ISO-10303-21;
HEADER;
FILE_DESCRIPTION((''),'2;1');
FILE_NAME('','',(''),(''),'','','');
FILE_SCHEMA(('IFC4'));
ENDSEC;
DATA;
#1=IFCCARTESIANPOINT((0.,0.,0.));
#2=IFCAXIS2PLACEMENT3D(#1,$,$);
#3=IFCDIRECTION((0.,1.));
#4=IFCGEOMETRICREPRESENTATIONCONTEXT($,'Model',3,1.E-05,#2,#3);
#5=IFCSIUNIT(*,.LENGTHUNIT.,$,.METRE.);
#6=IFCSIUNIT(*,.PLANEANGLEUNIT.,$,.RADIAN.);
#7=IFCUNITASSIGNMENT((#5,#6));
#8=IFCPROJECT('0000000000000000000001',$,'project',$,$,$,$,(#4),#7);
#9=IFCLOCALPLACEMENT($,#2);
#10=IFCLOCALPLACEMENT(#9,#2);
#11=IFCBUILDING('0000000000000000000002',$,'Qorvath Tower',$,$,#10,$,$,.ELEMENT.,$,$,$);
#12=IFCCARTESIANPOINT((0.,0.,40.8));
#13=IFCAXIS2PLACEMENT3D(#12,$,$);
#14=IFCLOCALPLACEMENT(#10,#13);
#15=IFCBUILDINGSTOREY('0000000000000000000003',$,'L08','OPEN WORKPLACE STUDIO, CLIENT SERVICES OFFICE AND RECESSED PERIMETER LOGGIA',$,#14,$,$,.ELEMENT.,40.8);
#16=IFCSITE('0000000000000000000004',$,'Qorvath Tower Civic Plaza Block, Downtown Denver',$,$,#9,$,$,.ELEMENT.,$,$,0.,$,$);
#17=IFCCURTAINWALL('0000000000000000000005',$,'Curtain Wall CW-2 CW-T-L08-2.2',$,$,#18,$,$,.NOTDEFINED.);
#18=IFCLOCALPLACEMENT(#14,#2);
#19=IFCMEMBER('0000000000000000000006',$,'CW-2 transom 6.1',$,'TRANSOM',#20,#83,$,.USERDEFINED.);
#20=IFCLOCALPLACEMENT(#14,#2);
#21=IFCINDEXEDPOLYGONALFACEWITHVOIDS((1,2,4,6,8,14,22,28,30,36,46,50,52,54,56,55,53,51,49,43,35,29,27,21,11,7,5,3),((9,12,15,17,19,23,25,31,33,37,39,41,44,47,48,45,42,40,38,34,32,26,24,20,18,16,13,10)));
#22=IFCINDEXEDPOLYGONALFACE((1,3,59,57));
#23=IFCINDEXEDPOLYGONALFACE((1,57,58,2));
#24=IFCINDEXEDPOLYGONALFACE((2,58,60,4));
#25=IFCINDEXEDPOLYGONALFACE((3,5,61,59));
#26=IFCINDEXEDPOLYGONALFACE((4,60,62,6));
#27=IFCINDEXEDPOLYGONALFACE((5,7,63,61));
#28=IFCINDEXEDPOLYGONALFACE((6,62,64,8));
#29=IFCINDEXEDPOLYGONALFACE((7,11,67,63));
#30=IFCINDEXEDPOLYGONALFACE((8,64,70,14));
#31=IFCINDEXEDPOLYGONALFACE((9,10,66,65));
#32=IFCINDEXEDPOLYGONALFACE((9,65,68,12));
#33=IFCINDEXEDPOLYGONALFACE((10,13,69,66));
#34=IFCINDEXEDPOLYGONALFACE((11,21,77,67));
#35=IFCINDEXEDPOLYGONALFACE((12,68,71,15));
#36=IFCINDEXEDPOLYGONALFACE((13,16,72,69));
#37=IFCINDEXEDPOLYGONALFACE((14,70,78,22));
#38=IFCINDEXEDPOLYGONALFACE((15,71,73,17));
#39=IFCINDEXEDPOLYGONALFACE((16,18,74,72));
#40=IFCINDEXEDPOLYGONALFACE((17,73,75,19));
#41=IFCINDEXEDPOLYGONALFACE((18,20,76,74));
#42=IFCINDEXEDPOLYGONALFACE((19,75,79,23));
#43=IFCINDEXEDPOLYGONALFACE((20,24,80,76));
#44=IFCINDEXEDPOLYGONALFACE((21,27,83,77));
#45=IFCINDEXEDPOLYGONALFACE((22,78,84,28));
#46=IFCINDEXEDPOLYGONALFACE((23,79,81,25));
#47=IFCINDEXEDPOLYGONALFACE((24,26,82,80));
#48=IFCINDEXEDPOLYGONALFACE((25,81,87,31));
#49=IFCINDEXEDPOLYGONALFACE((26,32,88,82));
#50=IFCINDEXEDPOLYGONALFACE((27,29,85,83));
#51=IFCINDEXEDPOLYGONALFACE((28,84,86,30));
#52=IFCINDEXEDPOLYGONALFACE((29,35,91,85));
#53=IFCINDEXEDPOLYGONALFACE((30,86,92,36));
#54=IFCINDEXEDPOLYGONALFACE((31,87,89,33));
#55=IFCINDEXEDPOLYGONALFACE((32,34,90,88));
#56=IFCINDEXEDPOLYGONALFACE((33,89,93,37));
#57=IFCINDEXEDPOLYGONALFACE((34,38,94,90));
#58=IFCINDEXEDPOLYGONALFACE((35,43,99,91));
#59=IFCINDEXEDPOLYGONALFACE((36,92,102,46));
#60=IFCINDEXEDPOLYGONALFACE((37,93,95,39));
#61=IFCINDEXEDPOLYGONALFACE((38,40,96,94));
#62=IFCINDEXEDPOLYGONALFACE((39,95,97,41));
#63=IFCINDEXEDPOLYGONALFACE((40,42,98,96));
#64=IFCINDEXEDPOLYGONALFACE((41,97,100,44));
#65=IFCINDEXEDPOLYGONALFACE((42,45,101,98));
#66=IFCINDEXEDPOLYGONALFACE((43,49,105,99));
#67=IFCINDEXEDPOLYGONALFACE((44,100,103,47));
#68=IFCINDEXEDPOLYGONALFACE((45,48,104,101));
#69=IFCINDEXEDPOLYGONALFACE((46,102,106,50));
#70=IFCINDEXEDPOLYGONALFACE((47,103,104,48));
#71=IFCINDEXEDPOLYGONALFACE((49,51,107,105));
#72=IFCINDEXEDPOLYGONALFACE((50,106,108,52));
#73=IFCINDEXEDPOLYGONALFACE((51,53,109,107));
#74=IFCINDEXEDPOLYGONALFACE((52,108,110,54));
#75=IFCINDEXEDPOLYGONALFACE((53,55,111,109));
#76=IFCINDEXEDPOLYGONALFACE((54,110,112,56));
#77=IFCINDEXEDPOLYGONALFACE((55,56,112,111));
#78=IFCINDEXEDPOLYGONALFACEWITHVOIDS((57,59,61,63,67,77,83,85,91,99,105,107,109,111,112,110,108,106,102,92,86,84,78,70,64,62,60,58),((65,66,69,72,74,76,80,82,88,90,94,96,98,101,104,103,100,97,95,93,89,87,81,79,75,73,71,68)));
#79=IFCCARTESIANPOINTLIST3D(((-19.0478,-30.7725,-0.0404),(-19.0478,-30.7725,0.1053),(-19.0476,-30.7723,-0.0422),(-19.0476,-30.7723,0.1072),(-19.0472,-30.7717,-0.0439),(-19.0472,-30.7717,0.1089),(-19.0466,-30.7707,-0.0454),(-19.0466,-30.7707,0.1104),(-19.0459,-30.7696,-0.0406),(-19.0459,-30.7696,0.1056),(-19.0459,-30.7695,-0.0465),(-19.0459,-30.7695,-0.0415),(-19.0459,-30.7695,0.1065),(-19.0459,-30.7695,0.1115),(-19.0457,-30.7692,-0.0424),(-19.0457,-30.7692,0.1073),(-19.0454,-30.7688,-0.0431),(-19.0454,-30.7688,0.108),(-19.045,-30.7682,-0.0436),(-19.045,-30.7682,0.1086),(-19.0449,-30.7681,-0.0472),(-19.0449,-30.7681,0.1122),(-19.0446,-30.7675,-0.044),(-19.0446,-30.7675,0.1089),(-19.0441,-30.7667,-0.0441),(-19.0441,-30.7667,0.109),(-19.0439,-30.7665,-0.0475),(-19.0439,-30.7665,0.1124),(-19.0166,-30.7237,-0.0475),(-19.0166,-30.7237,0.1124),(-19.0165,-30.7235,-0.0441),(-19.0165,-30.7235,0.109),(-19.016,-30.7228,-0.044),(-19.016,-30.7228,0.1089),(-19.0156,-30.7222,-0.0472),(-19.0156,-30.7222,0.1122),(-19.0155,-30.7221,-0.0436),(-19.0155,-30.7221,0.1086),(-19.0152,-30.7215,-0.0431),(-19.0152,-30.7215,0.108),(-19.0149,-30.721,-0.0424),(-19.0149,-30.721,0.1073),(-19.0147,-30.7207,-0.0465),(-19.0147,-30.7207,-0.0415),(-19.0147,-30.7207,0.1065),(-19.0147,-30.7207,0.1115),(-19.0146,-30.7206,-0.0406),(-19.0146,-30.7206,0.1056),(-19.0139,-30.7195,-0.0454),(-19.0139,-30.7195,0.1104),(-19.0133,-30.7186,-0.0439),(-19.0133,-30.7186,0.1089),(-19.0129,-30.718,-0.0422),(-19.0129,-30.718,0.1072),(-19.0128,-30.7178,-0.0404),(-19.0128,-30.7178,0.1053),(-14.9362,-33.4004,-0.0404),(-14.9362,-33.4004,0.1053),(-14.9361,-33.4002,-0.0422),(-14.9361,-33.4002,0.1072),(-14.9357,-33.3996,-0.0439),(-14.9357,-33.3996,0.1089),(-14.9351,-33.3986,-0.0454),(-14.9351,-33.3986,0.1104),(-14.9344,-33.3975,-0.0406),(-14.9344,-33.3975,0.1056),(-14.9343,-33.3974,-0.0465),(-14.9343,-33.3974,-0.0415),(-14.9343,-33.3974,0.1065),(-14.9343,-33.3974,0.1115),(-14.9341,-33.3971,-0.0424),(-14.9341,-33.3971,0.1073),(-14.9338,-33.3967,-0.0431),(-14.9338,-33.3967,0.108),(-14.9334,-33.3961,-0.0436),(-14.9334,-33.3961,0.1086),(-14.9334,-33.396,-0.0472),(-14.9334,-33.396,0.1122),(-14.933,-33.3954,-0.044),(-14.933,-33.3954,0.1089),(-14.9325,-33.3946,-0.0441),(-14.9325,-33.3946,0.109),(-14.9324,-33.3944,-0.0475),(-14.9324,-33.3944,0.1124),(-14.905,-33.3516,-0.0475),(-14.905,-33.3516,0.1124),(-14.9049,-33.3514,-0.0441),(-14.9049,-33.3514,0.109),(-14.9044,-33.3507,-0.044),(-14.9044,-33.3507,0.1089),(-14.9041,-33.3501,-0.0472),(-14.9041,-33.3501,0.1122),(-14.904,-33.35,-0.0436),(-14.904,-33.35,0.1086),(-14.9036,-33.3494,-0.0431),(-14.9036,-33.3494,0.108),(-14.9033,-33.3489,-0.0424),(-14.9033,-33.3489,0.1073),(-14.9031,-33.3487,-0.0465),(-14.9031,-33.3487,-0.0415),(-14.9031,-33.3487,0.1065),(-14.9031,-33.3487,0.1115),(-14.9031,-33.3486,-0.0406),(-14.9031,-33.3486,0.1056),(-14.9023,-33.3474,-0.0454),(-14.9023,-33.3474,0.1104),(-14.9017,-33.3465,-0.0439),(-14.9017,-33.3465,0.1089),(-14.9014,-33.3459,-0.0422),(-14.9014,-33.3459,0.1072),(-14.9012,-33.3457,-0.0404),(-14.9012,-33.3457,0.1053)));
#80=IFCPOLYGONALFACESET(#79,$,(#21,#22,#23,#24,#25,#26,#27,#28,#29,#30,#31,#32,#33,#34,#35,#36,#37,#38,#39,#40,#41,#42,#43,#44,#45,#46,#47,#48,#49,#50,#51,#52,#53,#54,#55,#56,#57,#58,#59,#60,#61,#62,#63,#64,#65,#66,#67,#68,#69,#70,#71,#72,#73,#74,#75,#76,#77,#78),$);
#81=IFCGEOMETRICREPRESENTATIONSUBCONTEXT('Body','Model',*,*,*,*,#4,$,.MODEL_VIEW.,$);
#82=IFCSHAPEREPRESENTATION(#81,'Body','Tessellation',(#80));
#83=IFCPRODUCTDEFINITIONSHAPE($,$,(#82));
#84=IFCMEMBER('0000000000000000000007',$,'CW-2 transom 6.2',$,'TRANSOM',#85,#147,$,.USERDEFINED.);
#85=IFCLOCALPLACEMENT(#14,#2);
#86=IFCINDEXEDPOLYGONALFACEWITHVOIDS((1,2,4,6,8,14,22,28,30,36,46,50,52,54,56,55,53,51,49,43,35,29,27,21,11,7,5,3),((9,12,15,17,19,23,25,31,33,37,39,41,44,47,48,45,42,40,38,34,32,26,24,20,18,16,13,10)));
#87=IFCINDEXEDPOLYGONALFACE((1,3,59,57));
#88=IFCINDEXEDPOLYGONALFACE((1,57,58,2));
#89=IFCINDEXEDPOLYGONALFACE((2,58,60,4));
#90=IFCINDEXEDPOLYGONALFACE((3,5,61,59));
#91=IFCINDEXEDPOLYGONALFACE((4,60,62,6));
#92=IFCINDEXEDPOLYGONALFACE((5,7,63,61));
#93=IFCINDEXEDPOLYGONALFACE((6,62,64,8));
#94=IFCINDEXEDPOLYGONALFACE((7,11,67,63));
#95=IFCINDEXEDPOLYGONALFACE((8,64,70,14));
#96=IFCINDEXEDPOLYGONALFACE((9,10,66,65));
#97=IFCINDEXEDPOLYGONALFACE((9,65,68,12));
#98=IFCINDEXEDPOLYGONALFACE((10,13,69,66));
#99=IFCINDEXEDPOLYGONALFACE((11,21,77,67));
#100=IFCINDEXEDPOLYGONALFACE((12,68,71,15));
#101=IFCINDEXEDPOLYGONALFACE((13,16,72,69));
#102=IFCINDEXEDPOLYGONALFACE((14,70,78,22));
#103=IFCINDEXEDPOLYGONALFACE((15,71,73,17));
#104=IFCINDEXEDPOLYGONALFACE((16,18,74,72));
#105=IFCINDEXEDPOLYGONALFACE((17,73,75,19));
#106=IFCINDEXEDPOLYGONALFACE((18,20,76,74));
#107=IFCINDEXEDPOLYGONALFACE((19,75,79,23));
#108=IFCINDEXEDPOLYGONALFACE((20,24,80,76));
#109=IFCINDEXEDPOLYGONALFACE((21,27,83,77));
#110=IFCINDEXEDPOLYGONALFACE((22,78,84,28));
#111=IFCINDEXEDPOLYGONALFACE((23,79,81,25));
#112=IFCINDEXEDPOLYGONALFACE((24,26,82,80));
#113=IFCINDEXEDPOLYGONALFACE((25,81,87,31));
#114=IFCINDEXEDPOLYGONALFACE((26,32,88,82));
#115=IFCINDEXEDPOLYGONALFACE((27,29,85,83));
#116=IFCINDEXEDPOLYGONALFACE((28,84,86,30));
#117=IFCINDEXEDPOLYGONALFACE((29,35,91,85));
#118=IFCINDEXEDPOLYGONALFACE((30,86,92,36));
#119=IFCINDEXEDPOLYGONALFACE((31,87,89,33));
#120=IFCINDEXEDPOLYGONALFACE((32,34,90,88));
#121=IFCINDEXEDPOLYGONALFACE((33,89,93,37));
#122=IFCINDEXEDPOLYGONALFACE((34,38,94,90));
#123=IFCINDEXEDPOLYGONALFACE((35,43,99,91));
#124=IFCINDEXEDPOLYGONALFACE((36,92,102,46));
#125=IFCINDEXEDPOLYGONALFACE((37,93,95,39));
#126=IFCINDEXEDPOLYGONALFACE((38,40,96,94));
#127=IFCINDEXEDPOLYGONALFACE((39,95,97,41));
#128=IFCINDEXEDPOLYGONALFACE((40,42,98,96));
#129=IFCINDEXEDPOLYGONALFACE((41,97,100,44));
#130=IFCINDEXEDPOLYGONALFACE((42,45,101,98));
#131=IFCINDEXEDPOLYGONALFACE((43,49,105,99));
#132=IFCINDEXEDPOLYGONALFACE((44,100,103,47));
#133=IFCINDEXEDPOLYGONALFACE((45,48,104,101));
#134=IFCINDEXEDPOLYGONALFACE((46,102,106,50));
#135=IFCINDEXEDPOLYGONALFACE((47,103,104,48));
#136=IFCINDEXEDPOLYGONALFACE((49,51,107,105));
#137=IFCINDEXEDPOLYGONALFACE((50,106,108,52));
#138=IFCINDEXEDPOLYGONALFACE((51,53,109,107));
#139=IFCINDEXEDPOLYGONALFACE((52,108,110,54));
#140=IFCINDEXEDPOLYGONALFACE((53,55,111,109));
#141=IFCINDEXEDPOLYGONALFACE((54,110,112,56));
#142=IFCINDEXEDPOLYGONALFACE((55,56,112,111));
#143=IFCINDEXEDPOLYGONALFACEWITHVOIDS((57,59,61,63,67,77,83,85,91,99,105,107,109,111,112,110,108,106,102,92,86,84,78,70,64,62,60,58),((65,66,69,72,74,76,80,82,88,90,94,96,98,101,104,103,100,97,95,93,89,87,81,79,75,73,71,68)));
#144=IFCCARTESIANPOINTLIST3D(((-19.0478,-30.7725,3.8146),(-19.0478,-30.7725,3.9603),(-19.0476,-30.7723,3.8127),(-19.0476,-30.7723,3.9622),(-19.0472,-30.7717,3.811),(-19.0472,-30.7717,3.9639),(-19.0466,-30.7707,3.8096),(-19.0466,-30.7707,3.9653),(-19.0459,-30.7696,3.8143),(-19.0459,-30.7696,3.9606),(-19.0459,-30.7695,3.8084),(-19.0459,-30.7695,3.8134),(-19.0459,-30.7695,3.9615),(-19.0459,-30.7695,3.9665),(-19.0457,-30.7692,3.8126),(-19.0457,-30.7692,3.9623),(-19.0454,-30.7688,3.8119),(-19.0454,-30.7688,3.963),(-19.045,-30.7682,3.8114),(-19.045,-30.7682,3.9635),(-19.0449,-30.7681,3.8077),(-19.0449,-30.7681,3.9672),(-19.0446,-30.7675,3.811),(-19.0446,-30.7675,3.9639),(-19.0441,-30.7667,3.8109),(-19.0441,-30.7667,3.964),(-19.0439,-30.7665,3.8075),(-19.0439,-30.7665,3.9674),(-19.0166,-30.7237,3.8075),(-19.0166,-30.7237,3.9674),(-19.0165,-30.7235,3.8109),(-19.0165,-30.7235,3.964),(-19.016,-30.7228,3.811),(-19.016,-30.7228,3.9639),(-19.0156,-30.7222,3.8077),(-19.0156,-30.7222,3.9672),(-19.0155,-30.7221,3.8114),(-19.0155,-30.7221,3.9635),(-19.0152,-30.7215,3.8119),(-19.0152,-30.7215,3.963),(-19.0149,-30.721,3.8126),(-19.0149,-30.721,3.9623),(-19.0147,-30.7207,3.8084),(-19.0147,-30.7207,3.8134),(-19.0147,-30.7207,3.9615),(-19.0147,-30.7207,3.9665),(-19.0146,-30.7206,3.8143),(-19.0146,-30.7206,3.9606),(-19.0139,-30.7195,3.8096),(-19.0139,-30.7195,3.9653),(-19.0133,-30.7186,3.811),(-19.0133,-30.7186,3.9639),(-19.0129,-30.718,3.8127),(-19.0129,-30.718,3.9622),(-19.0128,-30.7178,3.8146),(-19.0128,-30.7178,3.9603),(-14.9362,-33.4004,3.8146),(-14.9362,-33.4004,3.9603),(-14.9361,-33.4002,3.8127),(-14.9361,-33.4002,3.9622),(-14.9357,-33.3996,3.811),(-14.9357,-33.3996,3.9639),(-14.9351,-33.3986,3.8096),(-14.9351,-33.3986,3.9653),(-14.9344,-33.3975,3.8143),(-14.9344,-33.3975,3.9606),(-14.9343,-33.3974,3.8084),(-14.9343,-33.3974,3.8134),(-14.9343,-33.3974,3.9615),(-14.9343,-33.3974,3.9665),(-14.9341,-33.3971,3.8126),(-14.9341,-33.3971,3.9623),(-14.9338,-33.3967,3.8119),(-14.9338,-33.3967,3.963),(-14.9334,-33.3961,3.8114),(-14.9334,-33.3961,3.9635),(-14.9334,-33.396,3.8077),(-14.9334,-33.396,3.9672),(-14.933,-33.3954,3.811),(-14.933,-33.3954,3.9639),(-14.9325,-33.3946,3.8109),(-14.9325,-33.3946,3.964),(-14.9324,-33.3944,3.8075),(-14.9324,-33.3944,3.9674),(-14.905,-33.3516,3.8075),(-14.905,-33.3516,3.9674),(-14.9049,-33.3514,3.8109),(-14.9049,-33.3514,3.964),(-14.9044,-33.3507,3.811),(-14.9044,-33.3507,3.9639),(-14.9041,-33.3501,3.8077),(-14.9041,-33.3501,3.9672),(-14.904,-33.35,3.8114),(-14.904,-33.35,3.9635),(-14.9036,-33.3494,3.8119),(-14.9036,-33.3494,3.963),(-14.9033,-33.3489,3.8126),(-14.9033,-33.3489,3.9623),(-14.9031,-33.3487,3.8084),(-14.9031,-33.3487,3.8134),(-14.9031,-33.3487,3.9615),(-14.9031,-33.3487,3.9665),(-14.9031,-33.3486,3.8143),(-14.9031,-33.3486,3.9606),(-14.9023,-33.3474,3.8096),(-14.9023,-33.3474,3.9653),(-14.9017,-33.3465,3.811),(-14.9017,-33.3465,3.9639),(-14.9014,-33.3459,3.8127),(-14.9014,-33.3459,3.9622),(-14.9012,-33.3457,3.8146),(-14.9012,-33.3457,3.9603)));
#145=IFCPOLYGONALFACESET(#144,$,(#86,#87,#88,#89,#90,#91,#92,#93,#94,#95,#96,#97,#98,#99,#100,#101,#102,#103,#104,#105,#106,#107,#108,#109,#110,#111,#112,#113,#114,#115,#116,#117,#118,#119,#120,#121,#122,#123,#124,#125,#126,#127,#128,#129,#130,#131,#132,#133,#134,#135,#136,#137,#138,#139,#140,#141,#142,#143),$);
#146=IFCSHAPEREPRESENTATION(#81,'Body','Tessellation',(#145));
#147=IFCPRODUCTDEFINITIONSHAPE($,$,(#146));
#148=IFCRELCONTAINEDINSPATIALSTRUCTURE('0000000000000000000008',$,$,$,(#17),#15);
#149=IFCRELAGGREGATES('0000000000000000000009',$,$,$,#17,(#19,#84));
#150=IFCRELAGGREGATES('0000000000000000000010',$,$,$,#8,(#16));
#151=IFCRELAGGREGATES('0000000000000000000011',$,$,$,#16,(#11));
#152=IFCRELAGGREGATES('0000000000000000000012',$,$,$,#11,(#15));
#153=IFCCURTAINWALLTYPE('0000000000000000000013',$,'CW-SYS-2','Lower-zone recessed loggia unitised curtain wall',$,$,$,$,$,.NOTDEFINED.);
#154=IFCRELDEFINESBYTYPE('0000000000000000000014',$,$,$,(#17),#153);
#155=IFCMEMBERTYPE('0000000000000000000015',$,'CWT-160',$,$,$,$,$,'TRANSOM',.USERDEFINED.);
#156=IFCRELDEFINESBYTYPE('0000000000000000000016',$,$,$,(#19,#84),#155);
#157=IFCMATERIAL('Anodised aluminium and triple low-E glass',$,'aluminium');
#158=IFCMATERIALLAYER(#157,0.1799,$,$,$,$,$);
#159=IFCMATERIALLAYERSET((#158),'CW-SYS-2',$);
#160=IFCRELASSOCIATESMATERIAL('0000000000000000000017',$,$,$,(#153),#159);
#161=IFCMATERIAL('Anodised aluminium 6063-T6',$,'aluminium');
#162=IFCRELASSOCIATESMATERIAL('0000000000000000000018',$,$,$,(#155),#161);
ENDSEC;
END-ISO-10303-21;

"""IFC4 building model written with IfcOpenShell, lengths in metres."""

from ifc_helpers import new_model, si_unit, direction, frame, origin, origin_2d, place, context, subcontext, project, spatial, hollow_rectangle, extrude, material, layer, layer_set, material_profile, profile_set, type_object, element, aggregate, save


model = new_model("IFC4")

# Units and contexts
model_context = context("Model", 3, precision=1e-05, world=origin(), true_north=direction((0.0, 1.0)))
body_context = subcontext(model_context, "Body", "Model", "MODEL_VIEW")
ifc_project = project(units=[si_unit("LENGTHUNIT", "METRE"), si_unit("PLANEANGLEUNIT", "RADIAN")], contexts=[model_context])

# Site, building, storey
site_placement = place(None, origin())
site = spatial("IfcSite", under=ifc_project, at=site_placement, Name="Qorvath Tower Civic Plaza Block, Downtown Denver", CompositionType="ELEMENT", RefElevation=0.0)
building_placement = place(site_placement, origin())
building = spatial("IfcBuilding", under=site, at=building_placement, Name="Qorvath Tower", CompositionType="ELEMENT")
storey_placement = place(building_placement, frame((0.0, 0.0, 40.8)))
storey = spatial("IfcBuildingStorey", under=building, at=storey_placement, Name="L08", Description="OPEN WORKPLACE STUDIO, CLIENT SERVICES OFFICE AND RECESSED PERIMETER LOGGIA", CompositionType="ELEMENT", Elevation=40.8)

# Curtain wall
ifc_material_1 = material(Name="Anodised aluminium and triple low-E glass", Category="aluminium")
ifc_layer_1 = layer(ifc_material_1, 0.1799)
ifc_layer_set_1 = layer_set([ifc_layer_1], Name="CW-SYS-2")
curtain_wall_type = type_object("IfcCurtainWallType", Name="CW-SYS-2", Description="Lower-zone recessed loggia unitised curtain wall", PredefinedType="NOTDEFINED", material=ifc_layer_set_1)
curtain_wall_1_placement = place(storey_placement, origin())
curtain_wall_1 = element("IfcCurtainWall", 1, at=curtain_wall_1_placement, inside=storey, type_object=curtain_wall_type, Name="Curtain Wall CW-2 CW-T-L08-2.2", PredefinedType="NOTDEFINED")

# Members
ifc_material_2 = material(Name="Anodised aluminium 6063-T6", Category="aluminium")
ifc_material_profile_1 = material_profile(ifc_material_2, hollow_rectangle(XDim=0.0649, YDim=0.1599, WallThickness=0.0034, InnerFilletRadius=0.0034, OuterFilletRadius=0.0071, at=origin_2d()), Name="CWT 160x65")
ifc_profile_set_1 = profile_set([ifc_material_profile_1], Name="Anodised aluminium 6063-T6")
member_type_1 = type_object("IfcMemberType", Name="CWT-160", ElementType="TRANSOM", PredefinedType="USERDEFINED", material=ifc_profile_set_1)
member_1_placement = place(storey_placement, frame((-19.0303, -30.7451, 0.0325), z_axis=(0.842595, -0.538548, 0.0), x_axis=(0.538548, 0.842595, 0.0)))
member_1 = element("IfcMember", 2, at=member_1_placement, type_object=member_type_1, Name="CW-2 transom 6.1", ObjectType="TRANSOM", PredefinedType="USERDEFINED", context=body_context, shape_type="SweptSolid", body=[
    extrude(hollow_rectangle(XDim=0.0649, YDim=0.1599, WallThickness=0.0034, InnerFilletRadius=0.0034, OuterFilletRadius=0.0071, at=origin_2d()), origin(), (0.0, 0.0, 1.0), 4.8796),
])
member_2_placement = place(storey_placement, frame((-19.0303, -30.7451, 3.8875), z_axis=(0.842595, -0.538548, 0.0), x_axis=(0.538548, 0.842595, 0.0)))
member_2 = element("IfcMember", 3, at=member_2_placement, type_object=member_type_1, Name="CW-2 transom 6.2", ObjectType="TRANSOM", PredefinedType="USERDEFINED", context=body_context, shape_type="SweptSolid", body=[
    extrude(hollow_rectangle(XDim=0.0649, YDim=0.1599, WallThickness=0.0034, InnerFilletRadius=0.0034, OuterFilletRadius=0.0071, at=origin_2d()), origin(), (0.0, 0.0, 1.0), 4.8796),
])

aggregate(curtain_wall_1, [member_1, member_2])

save(model, "model.ifc")
